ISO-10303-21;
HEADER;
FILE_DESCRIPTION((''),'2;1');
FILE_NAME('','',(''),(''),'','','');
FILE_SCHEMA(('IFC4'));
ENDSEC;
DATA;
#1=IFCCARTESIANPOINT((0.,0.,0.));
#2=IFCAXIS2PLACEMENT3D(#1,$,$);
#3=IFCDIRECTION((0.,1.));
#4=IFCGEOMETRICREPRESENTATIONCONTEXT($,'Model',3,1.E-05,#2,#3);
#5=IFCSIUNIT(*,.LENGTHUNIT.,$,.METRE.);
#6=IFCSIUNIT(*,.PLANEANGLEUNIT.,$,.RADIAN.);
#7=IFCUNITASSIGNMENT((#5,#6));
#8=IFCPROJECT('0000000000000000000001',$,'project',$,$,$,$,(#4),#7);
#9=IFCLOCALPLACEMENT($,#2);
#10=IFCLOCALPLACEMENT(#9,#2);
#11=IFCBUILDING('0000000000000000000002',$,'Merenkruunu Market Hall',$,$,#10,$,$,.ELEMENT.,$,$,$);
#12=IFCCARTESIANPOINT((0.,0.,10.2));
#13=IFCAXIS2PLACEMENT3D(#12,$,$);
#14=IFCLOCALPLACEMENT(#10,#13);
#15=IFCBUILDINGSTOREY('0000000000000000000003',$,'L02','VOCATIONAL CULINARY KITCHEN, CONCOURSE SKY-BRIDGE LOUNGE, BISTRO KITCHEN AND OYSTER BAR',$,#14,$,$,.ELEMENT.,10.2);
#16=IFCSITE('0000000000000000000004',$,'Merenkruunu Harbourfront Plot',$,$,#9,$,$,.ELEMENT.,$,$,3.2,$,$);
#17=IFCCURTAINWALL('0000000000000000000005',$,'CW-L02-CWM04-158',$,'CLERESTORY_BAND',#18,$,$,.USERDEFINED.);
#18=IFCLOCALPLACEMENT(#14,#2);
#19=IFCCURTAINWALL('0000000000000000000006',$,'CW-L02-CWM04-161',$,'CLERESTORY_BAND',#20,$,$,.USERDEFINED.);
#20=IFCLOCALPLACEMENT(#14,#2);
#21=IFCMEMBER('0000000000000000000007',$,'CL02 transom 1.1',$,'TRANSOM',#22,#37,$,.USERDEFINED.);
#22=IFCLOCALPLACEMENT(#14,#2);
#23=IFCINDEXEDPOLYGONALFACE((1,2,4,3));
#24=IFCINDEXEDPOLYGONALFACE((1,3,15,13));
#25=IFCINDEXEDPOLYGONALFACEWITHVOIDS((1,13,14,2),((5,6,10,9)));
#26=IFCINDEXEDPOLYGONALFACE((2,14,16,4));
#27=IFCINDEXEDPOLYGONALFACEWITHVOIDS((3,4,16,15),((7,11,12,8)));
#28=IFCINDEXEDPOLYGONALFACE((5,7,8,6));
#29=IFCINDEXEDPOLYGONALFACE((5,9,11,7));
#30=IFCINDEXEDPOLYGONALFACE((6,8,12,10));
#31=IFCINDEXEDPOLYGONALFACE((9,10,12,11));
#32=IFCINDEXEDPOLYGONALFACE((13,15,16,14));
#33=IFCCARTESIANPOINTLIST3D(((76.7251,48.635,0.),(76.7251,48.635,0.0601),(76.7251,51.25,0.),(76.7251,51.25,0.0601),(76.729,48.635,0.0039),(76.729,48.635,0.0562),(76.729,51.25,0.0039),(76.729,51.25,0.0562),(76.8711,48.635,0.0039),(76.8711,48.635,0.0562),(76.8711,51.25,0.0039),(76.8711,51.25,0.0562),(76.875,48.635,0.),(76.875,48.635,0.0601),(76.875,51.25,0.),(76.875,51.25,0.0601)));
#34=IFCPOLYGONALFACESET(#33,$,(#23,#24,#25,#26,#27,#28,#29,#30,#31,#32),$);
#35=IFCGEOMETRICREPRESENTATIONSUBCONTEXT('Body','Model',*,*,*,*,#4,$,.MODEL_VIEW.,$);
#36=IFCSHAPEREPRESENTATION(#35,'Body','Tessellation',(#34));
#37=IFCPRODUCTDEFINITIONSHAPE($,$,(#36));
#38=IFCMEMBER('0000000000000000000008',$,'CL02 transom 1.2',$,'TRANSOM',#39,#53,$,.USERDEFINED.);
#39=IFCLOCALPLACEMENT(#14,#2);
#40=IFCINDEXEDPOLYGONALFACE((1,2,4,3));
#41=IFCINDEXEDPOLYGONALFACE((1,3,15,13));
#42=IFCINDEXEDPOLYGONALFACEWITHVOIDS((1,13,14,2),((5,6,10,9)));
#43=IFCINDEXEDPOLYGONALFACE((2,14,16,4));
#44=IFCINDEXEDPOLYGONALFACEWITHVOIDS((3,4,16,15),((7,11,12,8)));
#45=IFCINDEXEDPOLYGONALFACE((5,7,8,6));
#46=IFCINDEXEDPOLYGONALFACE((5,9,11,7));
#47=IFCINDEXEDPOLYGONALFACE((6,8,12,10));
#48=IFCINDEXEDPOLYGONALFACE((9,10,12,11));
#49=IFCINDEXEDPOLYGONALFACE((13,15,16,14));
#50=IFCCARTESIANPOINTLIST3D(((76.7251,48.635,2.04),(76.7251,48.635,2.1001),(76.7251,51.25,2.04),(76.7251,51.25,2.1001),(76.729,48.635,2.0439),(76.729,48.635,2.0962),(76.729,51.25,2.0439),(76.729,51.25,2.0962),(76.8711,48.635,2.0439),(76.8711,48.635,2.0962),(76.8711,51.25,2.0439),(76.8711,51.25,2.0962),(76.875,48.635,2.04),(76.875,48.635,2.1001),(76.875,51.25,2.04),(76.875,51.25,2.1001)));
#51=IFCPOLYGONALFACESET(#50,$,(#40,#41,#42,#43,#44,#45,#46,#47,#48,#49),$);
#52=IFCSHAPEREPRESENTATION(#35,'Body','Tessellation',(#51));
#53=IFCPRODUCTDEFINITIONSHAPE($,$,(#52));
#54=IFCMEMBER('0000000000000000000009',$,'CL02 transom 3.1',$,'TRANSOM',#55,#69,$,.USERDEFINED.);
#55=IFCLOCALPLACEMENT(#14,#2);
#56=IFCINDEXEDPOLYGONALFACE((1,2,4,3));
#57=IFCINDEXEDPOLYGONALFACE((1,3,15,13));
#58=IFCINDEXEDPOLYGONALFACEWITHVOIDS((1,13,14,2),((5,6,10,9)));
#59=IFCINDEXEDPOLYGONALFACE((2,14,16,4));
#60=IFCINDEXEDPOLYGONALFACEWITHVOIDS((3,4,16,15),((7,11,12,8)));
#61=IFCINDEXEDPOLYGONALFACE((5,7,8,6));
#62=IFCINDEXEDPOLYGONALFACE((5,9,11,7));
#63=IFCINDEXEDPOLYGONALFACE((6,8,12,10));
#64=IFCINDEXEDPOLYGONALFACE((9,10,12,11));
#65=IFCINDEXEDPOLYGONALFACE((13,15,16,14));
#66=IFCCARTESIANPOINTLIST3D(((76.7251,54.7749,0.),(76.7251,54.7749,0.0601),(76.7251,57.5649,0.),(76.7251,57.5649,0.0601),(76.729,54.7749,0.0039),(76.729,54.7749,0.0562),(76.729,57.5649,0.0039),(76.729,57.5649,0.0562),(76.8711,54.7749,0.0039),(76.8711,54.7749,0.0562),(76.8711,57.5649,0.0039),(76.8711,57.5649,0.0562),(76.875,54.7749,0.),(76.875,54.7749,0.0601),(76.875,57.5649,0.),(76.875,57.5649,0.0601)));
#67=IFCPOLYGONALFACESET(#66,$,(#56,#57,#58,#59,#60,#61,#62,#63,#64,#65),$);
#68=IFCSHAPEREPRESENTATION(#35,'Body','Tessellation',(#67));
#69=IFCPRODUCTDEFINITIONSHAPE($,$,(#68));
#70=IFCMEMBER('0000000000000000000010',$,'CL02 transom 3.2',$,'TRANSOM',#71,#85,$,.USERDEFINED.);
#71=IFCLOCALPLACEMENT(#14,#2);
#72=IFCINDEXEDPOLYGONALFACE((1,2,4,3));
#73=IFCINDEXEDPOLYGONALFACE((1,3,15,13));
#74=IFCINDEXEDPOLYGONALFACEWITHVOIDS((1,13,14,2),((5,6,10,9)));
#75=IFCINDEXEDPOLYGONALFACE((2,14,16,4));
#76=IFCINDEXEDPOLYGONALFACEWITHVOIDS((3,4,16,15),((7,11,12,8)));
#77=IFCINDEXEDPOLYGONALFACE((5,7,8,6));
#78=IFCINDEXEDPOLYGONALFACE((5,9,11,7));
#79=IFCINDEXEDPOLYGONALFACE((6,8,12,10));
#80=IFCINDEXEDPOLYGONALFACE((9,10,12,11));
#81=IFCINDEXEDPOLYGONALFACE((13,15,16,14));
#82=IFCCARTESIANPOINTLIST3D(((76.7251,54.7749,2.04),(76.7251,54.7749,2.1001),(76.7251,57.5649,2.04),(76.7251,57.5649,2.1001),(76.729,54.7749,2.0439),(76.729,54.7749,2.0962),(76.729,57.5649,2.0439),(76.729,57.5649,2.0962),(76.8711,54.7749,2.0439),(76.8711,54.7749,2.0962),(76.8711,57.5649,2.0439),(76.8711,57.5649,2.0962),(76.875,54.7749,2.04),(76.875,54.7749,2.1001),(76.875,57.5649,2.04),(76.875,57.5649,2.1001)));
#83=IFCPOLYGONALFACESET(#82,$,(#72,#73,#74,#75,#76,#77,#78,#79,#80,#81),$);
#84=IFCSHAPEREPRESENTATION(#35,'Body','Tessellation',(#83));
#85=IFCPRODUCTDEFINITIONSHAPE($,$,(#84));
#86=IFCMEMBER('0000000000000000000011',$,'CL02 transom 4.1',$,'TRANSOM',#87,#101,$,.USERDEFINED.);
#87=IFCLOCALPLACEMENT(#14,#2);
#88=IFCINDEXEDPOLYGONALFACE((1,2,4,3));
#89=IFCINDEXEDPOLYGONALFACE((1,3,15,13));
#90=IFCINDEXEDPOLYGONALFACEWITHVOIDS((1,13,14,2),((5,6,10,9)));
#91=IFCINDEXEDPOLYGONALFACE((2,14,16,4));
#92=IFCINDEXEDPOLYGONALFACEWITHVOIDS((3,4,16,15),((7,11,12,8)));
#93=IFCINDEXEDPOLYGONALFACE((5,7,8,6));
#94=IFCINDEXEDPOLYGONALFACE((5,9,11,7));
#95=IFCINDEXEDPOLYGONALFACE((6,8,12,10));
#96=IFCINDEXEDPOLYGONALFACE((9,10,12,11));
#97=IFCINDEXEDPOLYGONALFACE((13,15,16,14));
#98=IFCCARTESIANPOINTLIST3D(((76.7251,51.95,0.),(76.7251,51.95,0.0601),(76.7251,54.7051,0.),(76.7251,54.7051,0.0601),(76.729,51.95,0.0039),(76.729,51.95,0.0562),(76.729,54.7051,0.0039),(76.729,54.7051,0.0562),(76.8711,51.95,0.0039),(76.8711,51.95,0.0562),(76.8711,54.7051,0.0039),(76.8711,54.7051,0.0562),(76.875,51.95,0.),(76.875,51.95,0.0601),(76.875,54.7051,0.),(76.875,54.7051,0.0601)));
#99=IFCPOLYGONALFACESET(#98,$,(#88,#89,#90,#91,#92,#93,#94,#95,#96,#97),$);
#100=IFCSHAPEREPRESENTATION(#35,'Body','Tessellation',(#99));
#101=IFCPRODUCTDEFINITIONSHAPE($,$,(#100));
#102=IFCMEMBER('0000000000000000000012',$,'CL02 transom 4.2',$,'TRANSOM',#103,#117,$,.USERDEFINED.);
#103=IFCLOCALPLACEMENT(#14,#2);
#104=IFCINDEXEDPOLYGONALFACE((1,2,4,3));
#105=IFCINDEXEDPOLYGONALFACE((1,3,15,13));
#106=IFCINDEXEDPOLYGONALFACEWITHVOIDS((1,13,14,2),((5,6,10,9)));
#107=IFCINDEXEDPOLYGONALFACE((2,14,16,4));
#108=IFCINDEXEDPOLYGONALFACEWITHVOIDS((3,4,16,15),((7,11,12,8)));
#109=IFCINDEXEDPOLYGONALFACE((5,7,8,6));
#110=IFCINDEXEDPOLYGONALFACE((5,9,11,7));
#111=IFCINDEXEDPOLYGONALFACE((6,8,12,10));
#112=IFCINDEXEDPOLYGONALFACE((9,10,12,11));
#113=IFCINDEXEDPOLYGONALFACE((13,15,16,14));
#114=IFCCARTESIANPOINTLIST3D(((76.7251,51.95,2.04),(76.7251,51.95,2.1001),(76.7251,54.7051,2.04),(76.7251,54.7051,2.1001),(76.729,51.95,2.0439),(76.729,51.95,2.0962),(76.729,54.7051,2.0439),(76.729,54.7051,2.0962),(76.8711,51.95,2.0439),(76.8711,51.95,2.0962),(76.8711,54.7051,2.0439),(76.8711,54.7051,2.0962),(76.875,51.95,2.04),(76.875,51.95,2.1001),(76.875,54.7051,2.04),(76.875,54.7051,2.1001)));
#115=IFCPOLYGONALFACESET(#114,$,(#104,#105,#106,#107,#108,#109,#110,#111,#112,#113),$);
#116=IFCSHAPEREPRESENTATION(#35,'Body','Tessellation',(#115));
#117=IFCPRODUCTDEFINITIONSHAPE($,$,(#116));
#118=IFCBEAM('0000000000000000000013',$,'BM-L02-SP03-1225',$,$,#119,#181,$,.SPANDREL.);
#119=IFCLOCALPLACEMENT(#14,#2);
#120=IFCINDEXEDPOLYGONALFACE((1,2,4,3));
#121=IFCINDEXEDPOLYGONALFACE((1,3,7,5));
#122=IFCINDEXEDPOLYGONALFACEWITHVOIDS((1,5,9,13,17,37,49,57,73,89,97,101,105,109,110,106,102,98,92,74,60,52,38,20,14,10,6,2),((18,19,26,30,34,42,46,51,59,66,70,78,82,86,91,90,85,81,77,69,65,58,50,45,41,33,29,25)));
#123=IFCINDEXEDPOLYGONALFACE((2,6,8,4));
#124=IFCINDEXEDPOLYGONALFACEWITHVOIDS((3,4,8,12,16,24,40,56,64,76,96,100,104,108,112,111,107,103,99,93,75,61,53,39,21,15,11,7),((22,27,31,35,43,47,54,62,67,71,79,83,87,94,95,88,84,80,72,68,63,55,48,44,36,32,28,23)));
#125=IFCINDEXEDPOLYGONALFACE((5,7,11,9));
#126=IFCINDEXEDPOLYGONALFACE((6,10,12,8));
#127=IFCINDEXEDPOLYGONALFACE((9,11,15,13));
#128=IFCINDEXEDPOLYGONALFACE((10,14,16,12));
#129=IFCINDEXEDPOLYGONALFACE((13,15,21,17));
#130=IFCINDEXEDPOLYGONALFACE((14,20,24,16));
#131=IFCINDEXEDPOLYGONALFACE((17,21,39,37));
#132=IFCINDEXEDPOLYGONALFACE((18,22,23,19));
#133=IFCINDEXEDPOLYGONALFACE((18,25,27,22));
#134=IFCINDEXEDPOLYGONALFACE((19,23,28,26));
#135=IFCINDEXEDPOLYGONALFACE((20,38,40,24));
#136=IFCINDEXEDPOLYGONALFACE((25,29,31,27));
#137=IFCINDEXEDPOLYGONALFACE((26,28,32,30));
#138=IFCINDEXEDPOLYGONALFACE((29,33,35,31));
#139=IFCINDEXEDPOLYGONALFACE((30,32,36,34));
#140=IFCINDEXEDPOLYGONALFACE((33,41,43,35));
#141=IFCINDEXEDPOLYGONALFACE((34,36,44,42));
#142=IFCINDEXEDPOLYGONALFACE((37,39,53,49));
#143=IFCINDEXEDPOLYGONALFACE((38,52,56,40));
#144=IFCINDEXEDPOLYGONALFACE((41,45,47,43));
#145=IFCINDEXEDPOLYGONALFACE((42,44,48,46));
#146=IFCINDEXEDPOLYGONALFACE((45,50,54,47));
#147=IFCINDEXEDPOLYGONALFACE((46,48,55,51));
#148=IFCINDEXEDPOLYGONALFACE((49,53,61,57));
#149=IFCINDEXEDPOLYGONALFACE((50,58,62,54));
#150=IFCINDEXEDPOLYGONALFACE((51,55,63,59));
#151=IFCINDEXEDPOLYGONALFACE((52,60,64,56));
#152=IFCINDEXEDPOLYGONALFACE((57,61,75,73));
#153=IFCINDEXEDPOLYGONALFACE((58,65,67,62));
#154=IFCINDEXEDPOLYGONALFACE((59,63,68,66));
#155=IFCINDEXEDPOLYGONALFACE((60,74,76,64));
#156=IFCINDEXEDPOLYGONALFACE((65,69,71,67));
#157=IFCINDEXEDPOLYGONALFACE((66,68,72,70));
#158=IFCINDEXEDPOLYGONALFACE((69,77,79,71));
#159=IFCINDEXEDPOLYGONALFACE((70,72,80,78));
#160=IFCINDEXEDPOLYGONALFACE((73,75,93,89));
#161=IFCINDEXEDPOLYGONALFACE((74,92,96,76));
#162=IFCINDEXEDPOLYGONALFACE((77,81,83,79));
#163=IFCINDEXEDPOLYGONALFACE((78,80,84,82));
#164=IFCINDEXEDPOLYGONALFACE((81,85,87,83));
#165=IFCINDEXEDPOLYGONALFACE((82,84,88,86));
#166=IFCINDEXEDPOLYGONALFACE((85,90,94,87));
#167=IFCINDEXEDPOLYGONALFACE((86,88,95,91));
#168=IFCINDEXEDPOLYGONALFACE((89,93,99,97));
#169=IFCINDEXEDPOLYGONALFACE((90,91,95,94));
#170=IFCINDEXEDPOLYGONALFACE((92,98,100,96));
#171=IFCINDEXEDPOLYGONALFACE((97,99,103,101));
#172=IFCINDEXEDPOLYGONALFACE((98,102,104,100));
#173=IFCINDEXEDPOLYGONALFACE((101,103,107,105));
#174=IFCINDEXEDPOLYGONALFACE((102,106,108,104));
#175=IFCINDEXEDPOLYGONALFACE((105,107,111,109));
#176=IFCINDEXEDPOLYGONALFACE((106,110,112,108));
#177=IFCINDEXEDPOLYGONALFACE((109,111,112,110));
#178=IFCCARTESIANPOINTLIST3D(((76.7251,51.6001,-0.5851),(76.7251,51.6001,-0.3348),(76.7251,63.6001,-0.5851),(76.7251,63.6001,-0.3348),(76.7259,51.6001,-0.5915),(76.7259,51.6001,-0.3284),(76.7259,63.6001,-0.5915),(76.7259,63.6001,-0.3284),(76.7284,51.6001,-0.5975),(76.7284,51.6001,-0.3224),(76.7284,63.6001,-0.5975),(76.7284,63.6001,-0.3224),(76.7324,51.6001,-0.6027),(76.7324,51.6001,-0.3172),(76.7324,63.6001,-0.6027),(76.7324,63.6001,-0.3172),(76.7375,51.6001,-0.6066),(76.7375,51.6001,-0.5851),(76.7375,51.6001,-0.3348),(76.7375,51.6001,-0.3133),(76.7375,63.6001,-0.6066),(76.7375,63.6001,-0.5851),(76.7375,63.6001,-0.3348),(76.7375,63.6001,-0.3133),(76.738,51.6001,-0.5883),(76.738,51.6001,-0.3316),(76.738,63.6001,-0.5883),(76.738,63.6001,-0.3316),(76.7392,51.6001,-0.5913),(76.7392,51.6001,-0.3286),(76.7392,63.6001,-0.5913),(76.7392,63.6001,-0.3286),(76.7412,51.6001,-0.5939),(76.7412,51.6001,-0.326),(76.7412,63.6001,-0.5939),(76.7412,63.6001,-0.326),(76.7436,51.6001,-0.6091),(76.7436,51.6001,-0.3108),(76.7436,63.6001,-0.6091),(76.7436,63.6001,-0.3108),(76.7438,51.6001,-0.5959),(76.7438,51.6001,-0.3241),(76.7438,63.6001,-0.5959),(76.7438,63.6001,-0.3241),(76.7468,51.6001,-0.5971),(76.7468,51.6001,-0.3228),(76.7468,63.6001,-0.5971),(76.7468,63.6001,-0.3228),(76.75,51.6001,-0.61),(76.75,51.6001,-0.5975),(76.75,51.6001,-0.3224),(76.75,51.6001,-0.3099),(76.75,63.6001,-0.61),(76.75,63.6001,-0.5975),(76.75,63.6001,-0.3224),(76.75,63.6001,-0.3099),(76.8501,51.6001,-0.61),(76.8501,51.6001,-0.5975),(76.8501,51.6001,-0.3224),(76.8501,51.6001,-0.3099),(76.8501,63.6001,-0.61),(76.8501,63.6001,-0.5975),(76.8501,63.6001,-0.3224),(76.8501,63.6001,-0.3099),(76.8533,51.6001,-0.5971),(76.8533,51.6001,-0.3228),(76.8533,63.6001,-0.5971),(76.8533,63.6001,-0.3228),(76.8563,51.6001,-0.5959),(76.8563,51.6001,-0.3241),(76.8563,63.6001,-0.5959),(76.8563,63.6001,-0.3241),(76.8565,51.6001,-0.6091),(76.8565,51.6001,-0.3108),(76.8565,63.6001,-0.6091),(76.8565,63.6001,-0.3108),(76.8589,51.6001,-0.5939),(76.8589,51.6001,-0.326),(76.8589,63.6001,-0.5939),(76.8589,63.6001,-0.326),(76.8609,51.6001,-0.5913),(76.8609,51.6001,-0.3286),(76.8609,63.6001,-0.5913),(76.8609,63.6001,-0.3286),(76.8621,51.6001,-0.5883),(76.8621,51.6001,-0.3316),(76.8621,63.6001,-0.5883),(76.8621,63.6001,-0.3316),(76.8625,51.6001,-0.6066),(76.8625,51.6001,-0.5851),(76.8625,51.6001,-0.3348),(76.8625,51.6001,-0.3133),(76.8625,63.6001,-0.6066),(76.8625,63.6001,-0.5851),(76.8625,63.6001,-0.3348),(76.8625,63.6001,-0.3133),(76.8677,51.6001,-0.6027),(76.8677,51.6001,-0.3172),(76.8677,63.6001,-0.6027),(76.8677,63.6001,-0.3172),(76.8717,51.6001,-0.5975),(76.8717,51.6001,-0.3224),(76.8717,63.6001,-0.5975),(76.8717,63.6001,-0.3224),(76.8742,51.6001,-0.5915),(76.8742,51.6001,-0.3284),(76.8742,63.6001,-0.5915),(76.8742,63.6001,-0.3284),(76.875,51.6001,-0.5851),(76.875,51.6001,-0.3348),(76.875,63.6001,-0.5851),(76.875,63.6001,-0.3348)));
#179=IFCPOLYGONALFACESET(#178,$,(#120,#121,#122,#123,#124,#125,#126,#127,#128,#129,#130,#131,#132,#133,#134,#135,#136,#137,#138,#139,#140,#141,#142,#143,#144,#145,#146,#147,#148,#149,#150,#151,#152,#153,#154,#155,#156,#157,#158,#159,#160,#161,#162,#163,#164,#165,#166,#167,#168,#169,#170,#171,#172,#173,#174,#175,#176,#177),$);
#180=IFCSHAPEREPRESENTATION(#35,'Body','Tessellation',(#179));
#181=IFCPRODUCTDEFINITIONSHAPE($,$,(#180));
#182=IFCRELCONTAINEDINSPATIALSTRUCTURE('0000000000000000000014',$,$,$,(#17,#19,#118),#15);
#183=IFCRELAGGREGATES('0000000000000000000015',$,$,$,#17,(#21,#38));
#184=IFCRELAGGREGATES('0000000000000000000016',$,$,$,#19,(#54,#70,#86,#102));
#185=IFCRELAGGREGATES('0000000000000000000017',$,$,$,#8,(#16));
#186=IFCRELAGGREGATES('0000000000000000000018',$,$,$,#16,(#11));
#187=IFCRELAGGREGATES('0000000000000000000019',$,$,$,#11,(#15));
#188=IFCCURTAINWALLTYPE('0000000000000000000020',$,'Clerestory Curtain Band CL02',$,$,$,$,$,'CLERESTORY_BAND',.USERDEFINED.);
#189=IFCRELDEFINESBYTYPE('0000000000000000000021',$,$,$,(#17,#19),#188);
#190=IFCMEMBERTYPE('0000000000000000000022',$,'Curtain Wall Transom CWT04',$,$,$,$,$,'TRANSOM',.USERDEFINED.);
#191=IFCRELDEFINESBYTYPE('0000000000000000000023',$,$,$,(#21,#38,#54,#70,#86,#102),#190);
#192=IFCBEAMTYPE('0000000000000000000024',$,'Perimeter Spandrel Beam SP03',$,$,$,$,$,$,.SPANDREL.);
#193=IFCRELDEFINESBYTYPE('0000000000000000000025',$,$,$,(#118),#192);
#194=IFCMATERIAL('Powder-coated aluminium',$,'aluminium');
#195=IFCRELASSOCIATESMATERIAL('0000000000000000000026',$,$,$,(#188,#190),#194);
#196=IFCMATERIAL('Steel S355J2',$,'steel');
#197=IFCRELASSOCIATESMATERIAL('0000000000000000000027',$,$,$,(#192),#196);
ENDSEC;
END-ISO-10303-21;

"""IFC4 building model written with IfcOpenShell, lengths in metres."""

from ifc_helpers import new_model, si_unit, direction, frame, origin, origin_2d, place, context, subcontext, project, spatial, hollow_rectangle, extrude, material, material_profile, profile_set, type_object, element, aggregate, save


model = new_model("IFC4")

# Units and contexts
model_context = context("Model", 3, precision=1e-05, world=origin(), true_north=direction((0.0, 1.0)))
body_context = subcontext(model_context, "Body", "Model", "MODEL_VIEW")
ifc_project = project(units=[si_unit("LENGTHUNIT", "METRE"), si_unit("PLANEANGLEUNIT", "RADIAN")], contexts=[model_context])

# Site, building, storey
site_placement = place(None, origin())
site = spatial("IfcSite", under=ifc_project, at=site_placement, Name="Merenkruunu Harbourfront Plot", CompositionType="ELEMENT", RefElevation=3.2)
building_placement = place(site_placement, origin())
building = spatial("IfcBuilding", under=site, at=building_placement, Name="Merenkruunu Market Hall", CompositionType="ELEMENT")
storey_placement = place(building_placement, frame((0.0, 0.0, 10.2)))
storey = spatial("IfcBuildingStorey", under=building, at=storey_placement, Name="L02", Description="VOCATIONAL CULINARY KITCHEN, CONCOURSE SKY-BRIDGE LOUNGE, BISTRO KITCHEN AND OYSTER BAR", CompositionType="ELEMENT", Elevation=10.2)

# Curtain walls
ifc_material_1 = material(Name="Powder-coated aluminium", Category="aluminium")
curtain_wall_type = type_object("IfcCurtainWallType", Name="Clerestory Curtain Band CL02", ElementType="CLERESTORY_BAND", PredefinedType="USERDEFINED", material=ifc_material_1)
curtain_wall_1_placement = place(storey_placement, origin())
curtain_wall_1 = element("IfcCurtainWall", 1, at=curtain_wall_1_placement, inside=storey, type_object=curtain_wall_type, Name="CW-L02-CWM04-158", ObjectType="CLERESTORY_BAND", PredefinedType="USERDEFINED")
curtain_wall_2_placement = place(storey_placement, origin())
curtain_wall_2 = element("IfcCurtainWall", 2, at=curtain_wall_2_placement, inside=storey, type_object=curtain_wall_type, Name="CW-L02-CWM04-161", ObjectType="CLERESTORY_BAND", PredefinedType="USERDEFINED")

# Members
ifc_material_profile_1 = material_profile(ifc_material_1, hollow_rectangle(XDim=0.0601, YDim=0.1499, WallThickness=0.0039, at=origin_2d()), Name="ALU 60x150x4")
ifc_profile_set_1 = profile_set([ifc_material_profile_1], Name="Powder-coated aluminium")
member_type_1 = type_object("IfcMemberType", Name="Curtain Wall Transom CWT04", ElementType="TRANSOM", PredefinedType="USERDEFINED", material=ifc_profile_set_1)
member_1_placement = place(storey_placement, frame((76.8, 51.25, 0.03), z_axis=(0.0, -1.0, 0.0), x_axis=(0.0, 0.0, 1.0)))
member_1 = element("IfcMember", 3, at=member_1_placement, type_object=member_type_1, Name="CL02 transom 1.1", ObjectType="TRANSOM", PredefinedType="USERDEFINED", context=body_context, shape_type="SweptSolid", body=[
    extrude(hollow_rectangle(XDim=0.0601, YDim=0.1499, WallThickness=0.0039, at=origin_2d()), origin(), (0.0, 0.0, 1.0), 2.615),
])
member_2_placement = place(storey_placement, frame((76.8, 51.25, 2.0701), z_axis=(0.0, -1.0, 0.0), x_axis=(0.0, 0.0, 1.0)))
member_2 = element("IfcMember", 4, at=member_2_placement, type_object=member_type_1, Name="CL02 transom 1.2", ObjectType="TRANSOM", PredefinedType="USERDEFINED", context=body_context, shape_type="SweptSolid", body=[
    extrude(hollow_rectangle(XDim=0.0601, YDim=0.1499, WallThickness=0.0039, at=origin_2d()), origin(), (0.0, 0.0, 1.0), 2.615),
])
member_3_placement = place(storey_placement, frame((76.8, 57.5649, 0.03), z_axis=(0.0, -1.0, 0.0), x_axis=(0.0, 0.0, 1.0)))
member_3 = element("IfcMember", 5, at=member_3_placement, type_object=member_type_1, Name="CL02 transom 3.1", ObjectType="TRANSOM", PredefinedType="USERDEFINED", context=body_context, shape_type="SweptSolid", body=[
    extrude(hollow_rectangle(XDim=0.0601, YDim=0.1499, WallThickness=0.0039, at=origin_2d()), origin(), (0.0, 0.0, 1.0), 2.79),
])
member_4_placement = place(storey_placement, frame((76.8, 57.5649, 2.0701), z_axis=(0.0, -1.0, 0.0), x_axis=(0.0, 0.0, 1.0)))
member_4 = element("IfcMember", 6, at=member_4_placement, type_object=member_type_1, Name="CL02 transom 3.2", ObjectType="TRANSOM", PredefinedType="USERDEFINED", context=body_context, shape_type="SweptSolid", body=[
    extrude(hollow_rectangle(XDim=0.0601, YDim=0.1499, WallThickness=0.0039, at=origin_2d()), origin(), (0.0, 0.0, 1.0), 2.79),
])
member_5_placement = place(storey_placement, frame((76.8, 54.7051, 0.03), z_axis=(0.0, -1.0, 0.0), x_axis=(0.0, 0.0, 1.0)))
member_5 = element("IfcMember", 7, at=member_5_placement, type_object=member_type_1, Name="CL02 transom 4.1", ObjectType="TRANSOM", PredefinedType="USERDEFINED", context=body_context, shape_type="SweptSolid", body=[
    extrude(hollow_rectangle(XDim=0.0601, YDim=0.1499, WallThickness=0.0039, at=origin_2d()), origin(), (0.0, 0.0, 1.0), 2.7551),
])
member_6_placement = place(storey_placement, frame((76.8, 54.7051, 2.0701), z_axis=(0.0, -1.0, 0.0), x_axis=(0.0, 0.0, 1.0)))
member_6 = element("IfcMember", 8, at=member_6_placement, type_object=member_type_1, Name="CL02 transom 4.2", ObjectType="TRANSOM", PredefinedType="USERDEFINED", context=body_context, shape_type="SweptSolid", body=[
    extrude(hollow_rectangle(XDim=0.0601, YDim=0.1499, WallThickness=0.0039, at=origin_2d()), origin(), (0.0, 0.0, 1.0), 2.7551),
])

# Beam
ifc_material_2 = material(Name="Steel S355J2", Category="steel")
ifc_material_profile_2 = material_profile(ifc_material_2, hollow_rectangle(XDim=0.1499, YDim=0.3, WallThickness=0.0125, InnerFilletRadius=0.0125, OuterFilletRadius=0.0249, at=origin_2d()), Name="RHS 300x150x12.5")
ifc_profile_set_2 = profile_set([ifc_material_profile_2], Name="Steel S355J2")
beam_type_1 = type_object("IfcBeamType", Name="Perimeter Spandrel Beam SP03", PredefinedType="SPANDREL", material=ifc_profile_set_2)
beam_1_placement = place(storey_placement, frame((76.8, 51.6001, -0.46), z_axis=(0.0, 1.0, 0.0), x_axis=(-1.0, 0.0, 0.0)))
element("IfcBeam", 9, at=beam_1_placement, inside=storey, type_object=beam_type_1, Name="BM-L02-SP03-1225", PredefinedType="SPANDREL", context=body_context, shape_type="SweptSolid", body=[
    extrude(hollow_rectangle(XDim=0.1499, YDim=0.3, WallThickness=0.0125, InnerFilletRadius=0.0125, OuterFilletRadius=0.0249, at=origin_2d()), origin(), (0.0, 0.0, 1.0), 12.0),
])

aggregate(curtain_wall_1, [member_1, member_2])
aggregate(curtain_wall_2, [member_3, member_4, member_5, member_6])

save(model, "model.ifc")
